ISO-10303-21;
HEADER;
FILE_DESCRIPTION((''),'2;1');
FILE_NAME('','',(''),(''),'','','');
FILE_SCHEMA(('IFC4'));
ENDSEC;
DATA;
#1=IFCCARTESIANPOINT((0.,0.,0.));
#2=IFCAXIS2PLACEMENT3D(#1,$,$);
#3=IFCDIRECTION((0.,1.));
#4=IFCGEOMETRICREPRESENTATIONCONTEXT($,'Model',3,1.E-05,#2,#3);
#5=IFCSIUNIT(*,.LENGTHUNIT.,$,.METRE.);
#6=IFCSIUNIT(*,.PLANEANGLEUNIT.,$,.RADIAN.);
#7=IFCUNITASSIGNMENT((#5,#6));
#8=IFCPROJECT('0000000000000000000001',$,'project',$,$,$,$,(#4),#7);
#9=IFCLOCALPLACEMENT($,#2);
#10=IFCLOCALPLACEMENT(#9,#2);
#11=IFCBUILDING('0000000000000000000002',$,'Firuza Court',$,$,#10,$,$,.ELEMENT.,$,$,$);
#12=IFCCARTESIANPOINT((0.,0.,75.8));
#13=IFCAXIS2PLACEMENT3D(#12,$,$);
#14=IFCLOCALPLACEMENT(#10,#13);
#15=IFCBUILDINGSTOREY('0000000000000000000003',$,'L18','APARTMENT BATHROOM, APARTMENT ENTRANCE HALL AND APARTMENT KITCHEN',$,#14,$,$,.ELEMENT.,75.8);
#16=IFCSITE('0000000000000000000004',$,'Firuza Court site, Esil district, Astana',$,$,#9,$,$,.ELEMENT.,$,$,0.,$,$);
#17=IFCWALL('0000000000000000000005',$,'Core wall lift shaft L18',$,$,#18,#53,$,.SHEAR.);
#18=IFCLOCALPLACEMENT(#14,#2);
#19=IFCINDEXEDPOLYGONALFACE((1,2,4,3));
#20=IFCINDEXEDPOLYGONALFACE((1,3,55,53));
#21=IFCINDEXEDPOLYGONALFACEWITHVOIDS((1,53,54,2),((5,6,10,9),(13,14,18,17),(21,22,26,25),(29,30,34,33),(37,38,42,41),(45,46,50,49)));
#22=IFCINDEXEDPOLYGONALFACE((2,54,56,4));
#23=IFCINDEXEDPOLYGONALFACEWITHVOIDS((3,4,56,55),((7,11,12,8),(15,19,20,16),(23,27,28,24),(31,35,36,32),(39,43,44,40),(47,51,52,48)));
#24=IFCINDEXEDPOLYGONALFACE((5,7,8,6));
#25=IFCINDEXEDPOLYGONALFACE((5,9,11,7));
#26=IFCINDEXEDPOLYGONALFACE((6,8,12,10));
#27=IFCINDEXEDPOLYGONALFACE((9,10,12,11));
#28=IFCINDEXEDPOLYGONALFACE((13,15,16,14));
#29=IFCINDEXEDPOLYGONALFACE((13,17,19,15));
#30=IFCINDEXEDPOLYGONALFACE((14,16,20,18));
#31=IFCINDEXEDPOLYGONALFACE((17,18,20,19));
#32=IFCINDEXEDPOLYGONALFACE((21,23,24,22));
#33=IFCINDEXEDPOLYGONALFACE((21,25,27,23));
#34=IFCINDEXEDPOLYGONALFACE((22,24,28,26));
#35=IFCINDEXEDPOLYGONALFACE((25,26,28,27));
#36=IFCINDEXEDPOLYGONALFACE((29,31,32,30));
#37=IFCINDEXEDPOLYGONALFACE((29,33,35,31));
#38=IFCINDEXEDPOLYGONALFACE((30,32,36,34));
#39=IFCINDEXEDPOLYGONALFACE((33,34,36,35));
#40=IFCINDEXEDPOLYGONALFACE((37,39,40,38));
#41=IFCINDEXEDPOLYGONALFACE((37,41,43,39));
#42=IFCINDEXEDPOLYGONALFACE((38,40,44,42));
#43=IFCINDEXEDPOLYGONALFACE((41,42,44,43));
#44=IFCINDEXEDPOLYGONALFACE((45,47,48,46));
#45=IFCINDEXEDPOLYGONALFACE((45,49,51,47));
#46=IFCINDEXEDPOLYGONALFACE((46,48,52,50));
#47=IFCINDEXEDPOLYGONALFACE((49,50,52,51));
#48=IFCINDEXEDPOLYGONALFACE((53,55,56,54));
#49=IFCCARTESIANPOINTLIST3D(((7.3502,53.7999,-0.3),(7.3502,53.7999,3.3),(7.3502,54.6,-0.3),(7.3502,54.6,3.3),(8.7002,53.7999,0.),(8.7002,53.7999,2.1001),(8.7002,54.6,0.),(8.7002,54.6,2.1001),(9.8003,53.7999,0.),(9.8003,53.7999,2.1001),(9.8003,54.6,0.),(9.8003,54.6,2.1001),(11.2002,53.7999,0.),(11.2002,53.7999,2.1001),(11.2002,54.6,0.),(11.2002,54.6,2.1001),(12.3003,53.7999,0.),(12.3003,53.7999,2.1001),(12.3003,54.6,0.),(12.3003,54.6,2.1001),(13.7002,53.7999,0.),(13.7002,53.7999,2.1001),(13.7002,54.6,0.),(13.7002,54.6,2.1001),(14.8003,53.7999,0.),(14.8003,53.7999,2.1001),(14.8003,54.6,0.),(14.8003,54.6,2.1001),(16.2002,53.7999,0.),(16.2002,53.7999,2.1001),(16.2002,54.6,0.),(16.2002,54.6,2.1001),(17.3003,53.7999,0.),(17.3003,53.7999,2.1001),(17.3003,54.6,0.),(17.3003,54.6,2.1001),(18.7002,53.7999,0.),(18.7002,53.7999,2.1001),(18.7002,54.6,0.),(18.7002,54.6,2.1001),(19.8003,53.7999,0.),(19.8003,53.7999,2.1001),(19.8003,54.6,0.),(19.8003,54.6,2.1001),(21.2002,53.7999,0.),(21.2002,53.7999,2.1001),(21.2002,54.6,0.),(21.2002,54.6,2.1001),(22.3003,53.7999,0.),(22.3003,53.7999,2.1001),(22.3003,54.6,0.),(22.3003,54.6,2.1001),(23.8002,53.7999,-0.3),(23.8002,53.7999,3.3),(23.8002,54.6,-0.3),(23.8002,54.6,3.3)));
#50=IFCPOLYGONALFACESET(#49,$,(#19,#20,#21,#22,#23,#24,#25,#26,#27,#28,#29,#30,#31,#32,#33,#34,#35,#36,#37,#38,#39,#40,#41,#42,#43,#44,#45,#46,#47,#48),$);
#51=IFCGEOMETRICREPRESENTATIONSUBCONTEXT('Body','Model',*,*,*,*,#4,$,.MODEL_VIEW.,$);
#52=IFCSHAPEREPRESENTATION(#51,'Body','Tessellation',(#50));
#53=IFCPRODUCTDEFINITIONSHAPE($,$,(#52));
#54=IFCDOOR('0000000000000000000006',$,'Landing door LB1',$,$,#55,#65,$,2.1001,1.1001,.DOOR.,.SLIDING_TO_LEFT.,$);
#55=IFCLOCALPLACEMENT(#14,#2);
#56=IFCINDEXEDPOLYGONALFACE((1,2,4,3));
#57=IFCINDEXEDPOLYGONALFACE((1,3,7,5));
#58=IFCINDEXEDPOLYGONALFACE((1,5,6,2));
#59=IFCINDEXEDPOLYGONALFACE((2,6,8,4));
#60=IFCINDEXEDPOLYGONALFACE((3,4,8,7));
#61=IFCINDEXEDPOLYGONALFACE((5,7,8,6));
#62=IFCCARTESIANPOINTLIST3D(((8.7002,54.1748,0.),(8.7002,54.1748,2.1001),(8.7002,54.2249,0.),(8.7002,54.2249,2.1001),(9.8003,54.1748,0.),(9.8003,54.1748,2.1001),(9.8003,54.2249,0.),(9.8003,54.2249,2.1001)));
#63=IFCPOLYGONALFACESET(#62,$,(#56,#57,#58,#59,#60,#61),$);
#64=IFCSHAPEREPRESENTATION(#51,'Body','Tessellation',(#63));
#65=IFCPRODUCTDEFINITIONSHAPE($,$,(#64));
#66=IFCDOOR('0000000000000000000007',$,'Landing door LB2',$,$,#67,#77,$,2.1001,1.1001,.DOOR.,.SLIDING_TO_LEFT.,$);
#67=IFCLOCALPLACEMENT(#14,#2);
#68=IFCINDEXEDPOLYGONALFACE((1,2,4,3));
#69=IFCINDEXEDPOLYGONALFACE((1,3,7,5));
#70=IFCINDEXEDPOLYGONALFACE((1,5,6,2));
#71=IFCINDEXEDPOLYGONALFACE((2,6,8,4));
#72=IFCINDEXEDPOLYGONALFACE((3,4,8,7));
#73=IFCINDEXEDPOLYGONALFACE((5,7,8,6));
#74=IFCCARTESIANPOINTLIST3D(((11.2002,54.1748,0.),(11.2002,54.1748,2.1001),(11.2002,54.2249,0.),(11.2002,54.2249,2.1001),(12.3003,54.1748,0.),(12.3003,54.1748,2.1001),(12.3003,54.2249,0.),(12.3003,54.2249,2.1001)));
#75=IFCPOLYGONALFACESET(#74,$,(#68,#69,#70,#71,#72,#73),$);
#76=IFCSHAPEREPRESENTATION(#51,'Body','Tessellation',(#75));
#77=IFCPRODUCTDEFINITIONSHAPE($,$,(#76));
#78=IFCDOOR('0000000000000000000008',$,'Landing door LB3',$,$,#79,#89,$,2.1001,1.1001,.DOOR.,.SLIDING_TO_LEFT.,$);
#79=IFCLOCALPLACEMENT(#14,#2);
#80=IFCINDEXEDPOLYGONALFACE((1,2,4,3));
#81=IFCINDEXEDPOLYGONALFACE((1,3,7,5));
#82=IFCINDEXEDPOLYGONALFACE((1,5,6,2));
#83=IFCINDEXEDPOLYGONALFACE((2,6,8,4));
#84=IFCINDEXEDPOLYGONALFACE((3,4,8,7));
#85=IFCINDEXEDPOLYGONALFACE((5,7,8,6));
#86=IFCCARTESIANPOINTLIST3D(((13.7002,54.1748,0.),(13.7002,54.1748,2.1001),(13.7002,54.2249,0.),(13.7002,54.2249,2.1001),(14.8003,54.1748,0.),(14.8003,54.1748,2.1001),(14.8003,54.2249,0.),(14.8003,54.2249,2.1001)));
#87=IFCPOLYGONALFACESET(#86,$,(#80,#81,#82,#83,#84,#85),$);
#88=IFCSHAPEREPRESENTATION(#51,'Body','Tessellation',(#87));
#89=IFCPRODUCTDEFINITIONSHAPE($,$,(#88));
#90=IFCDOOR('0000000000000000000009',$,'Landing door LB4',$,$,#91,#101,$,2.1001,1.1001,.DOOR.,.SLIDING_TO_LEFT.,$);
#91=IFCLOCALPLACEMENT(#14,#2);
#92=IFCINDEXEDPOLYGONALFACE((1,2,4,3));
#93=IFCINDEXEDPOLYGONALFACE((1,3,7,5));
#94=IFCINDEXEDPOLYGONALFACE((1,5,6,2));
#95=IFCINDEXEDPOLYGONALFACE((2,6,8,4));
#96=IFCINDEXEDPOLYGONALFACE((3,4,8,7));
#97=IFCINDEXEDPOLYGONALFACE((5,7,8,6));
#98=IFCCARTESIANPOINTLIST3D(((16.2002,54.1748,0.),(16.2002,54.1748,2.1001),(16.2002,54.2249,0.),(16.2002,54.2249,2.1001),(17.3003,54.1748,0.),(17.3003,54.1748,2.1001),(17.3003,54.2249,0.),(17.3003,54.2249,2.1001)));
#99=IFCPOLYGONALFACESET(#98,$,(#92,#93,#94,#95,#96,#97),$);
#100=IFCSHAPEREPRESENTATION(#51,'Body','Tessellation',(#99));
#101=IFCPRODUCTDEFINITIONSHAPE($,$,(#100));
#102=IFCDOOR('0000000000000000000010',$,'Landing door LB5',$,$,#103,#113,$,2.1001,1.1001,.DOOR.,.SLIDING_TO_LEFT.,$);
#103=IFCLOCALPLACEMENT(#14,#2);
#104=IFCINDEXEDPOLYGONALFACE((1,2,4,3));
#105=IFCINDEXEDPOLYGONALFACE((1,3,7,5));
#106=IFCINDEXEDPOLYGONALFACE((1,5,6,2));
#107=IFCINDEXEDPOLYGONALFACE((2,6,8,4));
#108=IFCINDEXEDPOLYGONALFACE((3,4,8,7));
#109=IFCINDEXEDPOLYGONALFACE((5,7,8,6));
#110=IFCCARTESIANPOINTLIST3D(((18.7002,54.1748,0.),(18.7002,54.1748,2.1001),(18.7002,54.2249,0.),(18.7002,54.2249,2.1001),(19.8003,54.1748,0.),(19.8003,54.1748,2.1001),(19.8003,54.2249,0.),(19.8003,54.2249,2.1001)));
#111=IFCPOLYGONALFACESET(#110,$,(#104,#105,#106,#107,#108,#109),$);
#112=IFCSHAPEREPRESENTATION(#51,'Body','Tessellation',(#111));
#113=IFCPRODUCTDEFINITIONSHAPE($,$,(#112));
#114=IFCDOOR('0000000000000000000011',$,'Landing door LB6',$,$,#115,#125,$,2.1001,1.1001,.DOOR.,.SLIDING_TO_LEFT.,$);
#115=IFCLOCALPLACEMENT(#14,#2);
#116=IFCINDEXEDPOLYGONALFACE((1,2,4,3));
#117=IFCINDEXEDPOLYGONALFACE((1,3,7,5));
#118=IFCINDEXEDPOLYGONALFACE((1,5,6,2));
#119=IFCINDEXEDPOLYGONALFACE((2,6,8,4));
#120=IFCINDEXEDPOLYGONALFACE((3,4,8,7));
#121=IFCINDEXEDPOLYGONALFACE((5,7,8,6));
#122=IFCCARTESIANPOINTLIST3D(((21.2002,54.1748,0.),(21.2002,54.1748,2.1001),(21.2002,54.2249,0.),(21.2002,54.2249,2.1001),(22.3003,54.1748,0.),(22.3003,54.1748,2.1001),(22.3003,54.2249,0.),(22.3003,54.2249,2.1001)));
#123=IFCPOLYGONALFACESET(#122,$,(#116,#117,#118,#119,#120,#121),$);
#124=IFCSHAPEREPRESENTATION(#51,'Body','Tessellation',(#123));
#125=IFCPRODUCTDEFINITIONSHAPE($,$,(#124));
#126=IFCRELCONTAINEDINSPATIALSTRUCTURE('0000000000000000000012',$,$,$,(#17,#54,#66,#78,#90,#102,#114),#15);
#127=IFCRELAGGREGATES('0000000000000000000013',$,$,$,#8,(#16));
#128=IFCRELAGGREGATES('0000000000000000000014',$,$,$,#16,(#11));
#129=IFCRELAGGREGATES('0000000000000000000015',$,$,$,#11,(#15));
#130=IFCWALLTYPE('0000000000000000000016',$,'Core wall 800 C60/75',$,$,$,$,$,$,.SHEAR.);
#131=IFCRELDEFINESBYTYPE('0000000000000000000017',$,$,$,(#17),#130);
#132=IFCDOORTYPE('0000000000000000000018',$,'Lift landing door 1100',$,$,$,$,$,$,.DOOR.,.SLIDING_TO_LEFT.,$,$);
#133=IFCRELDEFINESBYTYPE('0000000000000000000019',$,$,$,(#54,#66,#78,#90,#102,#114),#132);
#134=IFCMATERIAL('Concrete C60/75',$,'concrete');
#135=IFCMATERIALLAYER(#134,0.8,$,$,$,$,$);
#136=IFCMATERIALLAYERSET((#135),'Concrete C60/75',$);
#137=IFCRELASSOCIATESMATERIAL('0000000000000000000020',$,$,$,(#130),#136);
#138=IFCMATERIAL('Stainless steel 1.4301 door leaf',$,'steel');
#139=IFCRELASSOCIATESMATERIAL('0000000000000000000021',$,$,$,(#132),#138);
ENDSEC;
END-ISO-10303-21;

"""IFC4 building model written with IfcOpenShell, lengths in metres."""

from ifc_helpers import new_model, si_unit, direction, frame, frame_2d, origin, place, context, subcontext, project, spatial, rectangle, extrude, material, layer, layer_set, type_object, element, fill, save


model = new_model("IFC4")

# Units and contexts
model_context = context("Model", 3, precision=1e-05, world=origin(), true_north=direction((0.0, 1.0)))
body_context = subcontext(model_context, "Body", "Model", "MODEL_VIEW")
ifc_project = project(units=[si_unit("LENGTHUNIT", "METRE"), si_unit("PLANEANGLEUNIT", "RADIAN")], contexts=[model_context])

# Site, building, storey
site_placement = place(None, origin())
site = spatial("IfcSite", under=ifc_project, at=site_placement, Name="Firuza Court site, Esil district, Astana", CompositionType="ELEMENT", RefElevation=0.0)
building_placement = place(site_placement, origin())
building = spatial("IfcBuilding", under=site, at=building_placement, Name="Firuza Court", CompositionType="ELEMENT")
storey_placement = place(building_placement, frame((0.0, 0.0, 75.8)))
storey = spatial("IfcBuildingStorey", under=building, at=storey_placement, Name="L18", Description="APARTMENT BATHROOM, APARTMENT ENTRANCE HALL AND APARTMENT KITCHEN", CompositionType="ELEMENT", Elevation=75.8)

# Shared definitions
ifc_material_1 = material(Name="Concrete C60/75", Category="concrete")

# Wall, openings, doors
ifc_layer_1 = layer(ifc_material_1, 0.8)
ifc_layer_set_1 = layer_set([ifc_layer_1], Name="Concrete C60/75")
wall_type_1 = type_object("IfcWallType", Name="Core wall 800 C60/75", PredefinedType="SHEAR", material=ifc_layer_set_1)
wall_1_placement = place(storey_placement, frame((7.3501, 54.2, -0.3), z_axis=(0.0, 0.0, 1.0), x_axis=(1.0, 0.0, 0.0)))
wall_1 = element("IfcWall", 1, at=wall_1_placement, inside=storey, type_object=wall_type_1, Name="Core wall lift shaft L18", PredefinedType="SHEAR", context=body_context, shape_type="SweptSolid", body=[
    extrude(rectangle(XDim=16.45, YDim=0.8, at=frame_2d((8.2251, 0.0))), origin(), (0.0, 0.0, 1.0), 3.6001),
])
opening_1_placement = place(wall_1_placement, frame((1.3501, 0.0, 0.3)))
opening_1 = element("IfcOpeningElement", 2, at=opening_1_placement, cuts=wall_1, PredefinedType="OPENING", context=body_context, shape_type="SweptSolid", body=[
    extrude(rectangle(XDim=1.1001, YDim=2.1001, at=frame_2d((0.55, 1.05))), frame((0.0, 0.4121, 0.0), z_axis=(0.0, -1.0, 0.0), x_axis=(1.0, 0.0, 0.0)), (0.0, 0.0, 1.0), 0.824),
])
opening_2_placement = place(wall_1_placement, frame((3.8501, 0.0, 0.3)))
opening_2 = element("IfcOpeningElement", 3, at=opening_2_placement, cuts=wall_1, PredefinedType="OPENING", context=body_context, shape_type="SweptSolid", body=[
    extrude(rectangle(XDim=1.1001, YDim=2.1001, at=frame_2d((0.55, 1.05))), frame((0.0, 0.4121, 0.0), z_axis=(0.0, -1.0, 0.0), x_axis=(1.0, 0.0, 0.0)), (0.0, 0.0, 1.0), 0.824),
])
opening_3_placement = place(wall_1_placement, frame((6.3501, 0.0, 0.3)))
opening_3 = element("IfcOpeningElement", 4, at=opening_3_placement, cuts=wall_1, PredefinedType="OPENING", context=body_context, shape_type="SweptSolid", body=[
    extrude(rectangle(XDim=1.1001, YDim=2.1001, at=frame_2d((0.55, 1.05))), frame((0.0, 0.4121, 0.0), z_axis=(0.0, -1.0, 0.0), x_axis=(1.0, 0.0, 0.0)), (0.0, 0.0, 1.0), 0.824),
])
opening_4_placement = place(wall_1_placement, frame((8.8501, 0.0, 0.3)))
opening_4 = element("IfcOpeningElement", 5, at=opening_4_placement, cuts=wall_1, PredefinedType="OPENING", context=body_context, shape_type="SweptSolid", body=[
    extrude(rectangle(XDim=1.1001, YDim=2.1001, at=frame_2d((0.55, 1.05))), frame((0.0, 0.4121, 0.0), z_axis=(0.0, -1.0, 0.0), x_axis=(1.0, 0.0, 0.0)), (0.0, 0.0, 1.0), 0.824),
])
opening_5_placement = place(wall_1_placement, frame((11.3501, 0.0, 0.3)))
opening_5 = element("IfcOpeningElement", 6, at=opening_5_placement, cuts=wall_1, PredefinedType="OPENING", context=body_context, shape_type="SweptSolid", body=[
    extrude(rectangle(XDim=1.1001, YDim=2.1001, at=frame_2d((0.55, 1.05))), frame((0.0, 0.4121, 0.0), z_axis=(0.0, -1.0, 0.0), x_axis=(1.0, 0.0, 0.0)), (0.0, 0.0, 1.0), 0.824),
])
opening_6_placement = place(wall_1_placement, frame((13.8501, 0.0, 0.3)))
opening_6 = element("IfcOpeningElement", 7, at=opening_6_placement, cuts=wall_1, PredefinedType="OPENING", context=body_context, shape_type="SweptSolid", body=[
    extrude(rectangle(XDim=1.1001, YDim=2.1001, at=frame_2d((0.55, 1.05))), frame((0.0, 0.4121, 0.0), z_axis=(0.0, -1.0, 0.0), x_axis=(1.0, 0.0, 0.0)), (0.0, 0.0, 1.0), 0.824),
])
ifc_material_2 = material(Name="Stainless steel 1.4301 door leaf", Category="steel")
door_type = type_object("IfcDoorType", Name="Lift landing door 1100", OperationType="SLIDING_TO_LEFT", PredefinedType="DOOR", material=ifc_material_2)
door_1_placement = place(opening_1_placement, origin())
door_1 = element("IfcDoor", 8, at=door_1_placement, inside=storey, type_object=door_type, Name="Landing door LB1", OperationType="SLIDING_TO_LEFT", OverallHeight=2.1001, OverallWidth=1.1001, PredefinedType="DOOR", context=body_context, shape_type="SweptSolid", body=[
    extrude(rectangle(XDim=1.1001, YDim=2.1001, at=frame_2d((0.55, 1.05))), frame((0.0, 0.0249, 0.0), z_axis=(0.0, -1.0, 0.0), x_axis=(1.0, 0.0, 0.0)), (0.0, 0.0, 1.0), 0.05),
])
fill(opening_1, door_1)
door_2_placement = place(opening_2_placement, origin())
door_2 = element("IfcDoor", 9, at=door_2_placement, inside=storey, type_object=door_type, Name="Landing door LB2", OperationType="SLIDING_TO_LEFT", OverallHeight=2.1001, OverallWidth=1.1001, PredefinedType="DOOR", context=body_context, shape_type="SweptSolid", body=[
    extrude(rectangle(XDim=1.1001, YDim=2.1001, at=frame_2d((0.55, 1.05))), frame((0.0, 0.0249, 0.0), z_axis=(0.0, -1.0, 0.0), x_axis=(1.0, 0.0, 0.0)), (0.0, 0.0, 1.0), 0.05),
])
fill(opening_2, door_2)
door_3_placement = place(opening_3_placement, origin())
door_3 = element("IfcDoor", 10, at=door_3_placement, inside=storey, type_object=door_type, Name="Landing door LB3", OperationType="SLIDING_TO_LEFT", OverallHeight=2.1001, OverallWidth=1.1001, PredefinedType="DOOR", context=body_context, shape_type="SweptSolid", body=[
    extrude(rectangle(XDim=1.1001, YDim=2.1001, at=frame_2d((0.55, 1.05))), frame((0.0, 0.0249, 0.0), z_axis=(0.0, -1.0, 0.0), x_axis=(1.0, 0.0, 0.0)), (0.0, 0.0, 1.0), 0.05),
])
fill(opening_3, door_3)
door_4_placement = place(opening_4_placement, origin())
door_4 = element("IfcDoor", 11, at=door_4_placement, inside=storey, type_object=door_type, Name="Landing door LB4", OperationType="SLIDING_TO_LEFT", OverallHeight=2.1001, OverallWidth=1.1001, PredefinedType="DOOR", context=body_context, shape_type="SweptSolid", body=[
    extrude(rectangle(XDim=1.1001, YDim=2.1001, at=frame_2d((0.55, 1.05))), frame((0.0, 0.0249, 0.0), z_axis=(0.0, -1.0, 0.0), x_axis=(1.0, 0.0, 0.0)), (0.0, 0.0, 1.0), 0.05),
])
fill(opening_4, door_4)
door_5_placement = place(opening_5_placement, origin())
door_5 = element("IfcDoor", 12, at=door_5_placement, inside=storey, type_object=door_type, Name="Landing door LB5", OperationType="SLIDING_TO_LEFT", OverallHeight=2.1001, OverallWidth=1.1001, PredefinedType="DOOR", context=body_context, shape_type="SweptSolid", body=[
    extrude(rectangle(XDim=1.1001, YDim=2.1001, at=frame_2d((0.55, 1.05))), frame((0.0, 0.0249, 0.0), z_axis=(0.0, -1.0, 0.0), x_axis=(1.0, 0.0, 0.0)), (0.0, 0.0, 1.0), 0.05),
])
fill(opening_5, door_5)
door_6_placement = place(opening_6_placement, origin())
door_6 = element("IfcDoor", 13, at=door_6_placement, inside=storey, type_object=door_type, Name="Landing door LB6", OperationType="SLIDING_TO_LEFT", OverallHeight=2.1001, OverallWidth=1.1001, PredefinedType="DOOR", context=body_context, shape_type="SweptSolid", body=[
    extrude(rectangle(XDim=1.1001, YDim=2.1001, at=frame_2d((0.55, 1.05))), frame((0.0, 0.0249, 0.0), z_axis=(0.0, -1.0, 0.0), x_axis=(1.0, 0.0, 0.0)), (0.0, 0.0, 1.0), 0.05),
])
fill(opening_6, door_6)

save(model, "model.ifc")
